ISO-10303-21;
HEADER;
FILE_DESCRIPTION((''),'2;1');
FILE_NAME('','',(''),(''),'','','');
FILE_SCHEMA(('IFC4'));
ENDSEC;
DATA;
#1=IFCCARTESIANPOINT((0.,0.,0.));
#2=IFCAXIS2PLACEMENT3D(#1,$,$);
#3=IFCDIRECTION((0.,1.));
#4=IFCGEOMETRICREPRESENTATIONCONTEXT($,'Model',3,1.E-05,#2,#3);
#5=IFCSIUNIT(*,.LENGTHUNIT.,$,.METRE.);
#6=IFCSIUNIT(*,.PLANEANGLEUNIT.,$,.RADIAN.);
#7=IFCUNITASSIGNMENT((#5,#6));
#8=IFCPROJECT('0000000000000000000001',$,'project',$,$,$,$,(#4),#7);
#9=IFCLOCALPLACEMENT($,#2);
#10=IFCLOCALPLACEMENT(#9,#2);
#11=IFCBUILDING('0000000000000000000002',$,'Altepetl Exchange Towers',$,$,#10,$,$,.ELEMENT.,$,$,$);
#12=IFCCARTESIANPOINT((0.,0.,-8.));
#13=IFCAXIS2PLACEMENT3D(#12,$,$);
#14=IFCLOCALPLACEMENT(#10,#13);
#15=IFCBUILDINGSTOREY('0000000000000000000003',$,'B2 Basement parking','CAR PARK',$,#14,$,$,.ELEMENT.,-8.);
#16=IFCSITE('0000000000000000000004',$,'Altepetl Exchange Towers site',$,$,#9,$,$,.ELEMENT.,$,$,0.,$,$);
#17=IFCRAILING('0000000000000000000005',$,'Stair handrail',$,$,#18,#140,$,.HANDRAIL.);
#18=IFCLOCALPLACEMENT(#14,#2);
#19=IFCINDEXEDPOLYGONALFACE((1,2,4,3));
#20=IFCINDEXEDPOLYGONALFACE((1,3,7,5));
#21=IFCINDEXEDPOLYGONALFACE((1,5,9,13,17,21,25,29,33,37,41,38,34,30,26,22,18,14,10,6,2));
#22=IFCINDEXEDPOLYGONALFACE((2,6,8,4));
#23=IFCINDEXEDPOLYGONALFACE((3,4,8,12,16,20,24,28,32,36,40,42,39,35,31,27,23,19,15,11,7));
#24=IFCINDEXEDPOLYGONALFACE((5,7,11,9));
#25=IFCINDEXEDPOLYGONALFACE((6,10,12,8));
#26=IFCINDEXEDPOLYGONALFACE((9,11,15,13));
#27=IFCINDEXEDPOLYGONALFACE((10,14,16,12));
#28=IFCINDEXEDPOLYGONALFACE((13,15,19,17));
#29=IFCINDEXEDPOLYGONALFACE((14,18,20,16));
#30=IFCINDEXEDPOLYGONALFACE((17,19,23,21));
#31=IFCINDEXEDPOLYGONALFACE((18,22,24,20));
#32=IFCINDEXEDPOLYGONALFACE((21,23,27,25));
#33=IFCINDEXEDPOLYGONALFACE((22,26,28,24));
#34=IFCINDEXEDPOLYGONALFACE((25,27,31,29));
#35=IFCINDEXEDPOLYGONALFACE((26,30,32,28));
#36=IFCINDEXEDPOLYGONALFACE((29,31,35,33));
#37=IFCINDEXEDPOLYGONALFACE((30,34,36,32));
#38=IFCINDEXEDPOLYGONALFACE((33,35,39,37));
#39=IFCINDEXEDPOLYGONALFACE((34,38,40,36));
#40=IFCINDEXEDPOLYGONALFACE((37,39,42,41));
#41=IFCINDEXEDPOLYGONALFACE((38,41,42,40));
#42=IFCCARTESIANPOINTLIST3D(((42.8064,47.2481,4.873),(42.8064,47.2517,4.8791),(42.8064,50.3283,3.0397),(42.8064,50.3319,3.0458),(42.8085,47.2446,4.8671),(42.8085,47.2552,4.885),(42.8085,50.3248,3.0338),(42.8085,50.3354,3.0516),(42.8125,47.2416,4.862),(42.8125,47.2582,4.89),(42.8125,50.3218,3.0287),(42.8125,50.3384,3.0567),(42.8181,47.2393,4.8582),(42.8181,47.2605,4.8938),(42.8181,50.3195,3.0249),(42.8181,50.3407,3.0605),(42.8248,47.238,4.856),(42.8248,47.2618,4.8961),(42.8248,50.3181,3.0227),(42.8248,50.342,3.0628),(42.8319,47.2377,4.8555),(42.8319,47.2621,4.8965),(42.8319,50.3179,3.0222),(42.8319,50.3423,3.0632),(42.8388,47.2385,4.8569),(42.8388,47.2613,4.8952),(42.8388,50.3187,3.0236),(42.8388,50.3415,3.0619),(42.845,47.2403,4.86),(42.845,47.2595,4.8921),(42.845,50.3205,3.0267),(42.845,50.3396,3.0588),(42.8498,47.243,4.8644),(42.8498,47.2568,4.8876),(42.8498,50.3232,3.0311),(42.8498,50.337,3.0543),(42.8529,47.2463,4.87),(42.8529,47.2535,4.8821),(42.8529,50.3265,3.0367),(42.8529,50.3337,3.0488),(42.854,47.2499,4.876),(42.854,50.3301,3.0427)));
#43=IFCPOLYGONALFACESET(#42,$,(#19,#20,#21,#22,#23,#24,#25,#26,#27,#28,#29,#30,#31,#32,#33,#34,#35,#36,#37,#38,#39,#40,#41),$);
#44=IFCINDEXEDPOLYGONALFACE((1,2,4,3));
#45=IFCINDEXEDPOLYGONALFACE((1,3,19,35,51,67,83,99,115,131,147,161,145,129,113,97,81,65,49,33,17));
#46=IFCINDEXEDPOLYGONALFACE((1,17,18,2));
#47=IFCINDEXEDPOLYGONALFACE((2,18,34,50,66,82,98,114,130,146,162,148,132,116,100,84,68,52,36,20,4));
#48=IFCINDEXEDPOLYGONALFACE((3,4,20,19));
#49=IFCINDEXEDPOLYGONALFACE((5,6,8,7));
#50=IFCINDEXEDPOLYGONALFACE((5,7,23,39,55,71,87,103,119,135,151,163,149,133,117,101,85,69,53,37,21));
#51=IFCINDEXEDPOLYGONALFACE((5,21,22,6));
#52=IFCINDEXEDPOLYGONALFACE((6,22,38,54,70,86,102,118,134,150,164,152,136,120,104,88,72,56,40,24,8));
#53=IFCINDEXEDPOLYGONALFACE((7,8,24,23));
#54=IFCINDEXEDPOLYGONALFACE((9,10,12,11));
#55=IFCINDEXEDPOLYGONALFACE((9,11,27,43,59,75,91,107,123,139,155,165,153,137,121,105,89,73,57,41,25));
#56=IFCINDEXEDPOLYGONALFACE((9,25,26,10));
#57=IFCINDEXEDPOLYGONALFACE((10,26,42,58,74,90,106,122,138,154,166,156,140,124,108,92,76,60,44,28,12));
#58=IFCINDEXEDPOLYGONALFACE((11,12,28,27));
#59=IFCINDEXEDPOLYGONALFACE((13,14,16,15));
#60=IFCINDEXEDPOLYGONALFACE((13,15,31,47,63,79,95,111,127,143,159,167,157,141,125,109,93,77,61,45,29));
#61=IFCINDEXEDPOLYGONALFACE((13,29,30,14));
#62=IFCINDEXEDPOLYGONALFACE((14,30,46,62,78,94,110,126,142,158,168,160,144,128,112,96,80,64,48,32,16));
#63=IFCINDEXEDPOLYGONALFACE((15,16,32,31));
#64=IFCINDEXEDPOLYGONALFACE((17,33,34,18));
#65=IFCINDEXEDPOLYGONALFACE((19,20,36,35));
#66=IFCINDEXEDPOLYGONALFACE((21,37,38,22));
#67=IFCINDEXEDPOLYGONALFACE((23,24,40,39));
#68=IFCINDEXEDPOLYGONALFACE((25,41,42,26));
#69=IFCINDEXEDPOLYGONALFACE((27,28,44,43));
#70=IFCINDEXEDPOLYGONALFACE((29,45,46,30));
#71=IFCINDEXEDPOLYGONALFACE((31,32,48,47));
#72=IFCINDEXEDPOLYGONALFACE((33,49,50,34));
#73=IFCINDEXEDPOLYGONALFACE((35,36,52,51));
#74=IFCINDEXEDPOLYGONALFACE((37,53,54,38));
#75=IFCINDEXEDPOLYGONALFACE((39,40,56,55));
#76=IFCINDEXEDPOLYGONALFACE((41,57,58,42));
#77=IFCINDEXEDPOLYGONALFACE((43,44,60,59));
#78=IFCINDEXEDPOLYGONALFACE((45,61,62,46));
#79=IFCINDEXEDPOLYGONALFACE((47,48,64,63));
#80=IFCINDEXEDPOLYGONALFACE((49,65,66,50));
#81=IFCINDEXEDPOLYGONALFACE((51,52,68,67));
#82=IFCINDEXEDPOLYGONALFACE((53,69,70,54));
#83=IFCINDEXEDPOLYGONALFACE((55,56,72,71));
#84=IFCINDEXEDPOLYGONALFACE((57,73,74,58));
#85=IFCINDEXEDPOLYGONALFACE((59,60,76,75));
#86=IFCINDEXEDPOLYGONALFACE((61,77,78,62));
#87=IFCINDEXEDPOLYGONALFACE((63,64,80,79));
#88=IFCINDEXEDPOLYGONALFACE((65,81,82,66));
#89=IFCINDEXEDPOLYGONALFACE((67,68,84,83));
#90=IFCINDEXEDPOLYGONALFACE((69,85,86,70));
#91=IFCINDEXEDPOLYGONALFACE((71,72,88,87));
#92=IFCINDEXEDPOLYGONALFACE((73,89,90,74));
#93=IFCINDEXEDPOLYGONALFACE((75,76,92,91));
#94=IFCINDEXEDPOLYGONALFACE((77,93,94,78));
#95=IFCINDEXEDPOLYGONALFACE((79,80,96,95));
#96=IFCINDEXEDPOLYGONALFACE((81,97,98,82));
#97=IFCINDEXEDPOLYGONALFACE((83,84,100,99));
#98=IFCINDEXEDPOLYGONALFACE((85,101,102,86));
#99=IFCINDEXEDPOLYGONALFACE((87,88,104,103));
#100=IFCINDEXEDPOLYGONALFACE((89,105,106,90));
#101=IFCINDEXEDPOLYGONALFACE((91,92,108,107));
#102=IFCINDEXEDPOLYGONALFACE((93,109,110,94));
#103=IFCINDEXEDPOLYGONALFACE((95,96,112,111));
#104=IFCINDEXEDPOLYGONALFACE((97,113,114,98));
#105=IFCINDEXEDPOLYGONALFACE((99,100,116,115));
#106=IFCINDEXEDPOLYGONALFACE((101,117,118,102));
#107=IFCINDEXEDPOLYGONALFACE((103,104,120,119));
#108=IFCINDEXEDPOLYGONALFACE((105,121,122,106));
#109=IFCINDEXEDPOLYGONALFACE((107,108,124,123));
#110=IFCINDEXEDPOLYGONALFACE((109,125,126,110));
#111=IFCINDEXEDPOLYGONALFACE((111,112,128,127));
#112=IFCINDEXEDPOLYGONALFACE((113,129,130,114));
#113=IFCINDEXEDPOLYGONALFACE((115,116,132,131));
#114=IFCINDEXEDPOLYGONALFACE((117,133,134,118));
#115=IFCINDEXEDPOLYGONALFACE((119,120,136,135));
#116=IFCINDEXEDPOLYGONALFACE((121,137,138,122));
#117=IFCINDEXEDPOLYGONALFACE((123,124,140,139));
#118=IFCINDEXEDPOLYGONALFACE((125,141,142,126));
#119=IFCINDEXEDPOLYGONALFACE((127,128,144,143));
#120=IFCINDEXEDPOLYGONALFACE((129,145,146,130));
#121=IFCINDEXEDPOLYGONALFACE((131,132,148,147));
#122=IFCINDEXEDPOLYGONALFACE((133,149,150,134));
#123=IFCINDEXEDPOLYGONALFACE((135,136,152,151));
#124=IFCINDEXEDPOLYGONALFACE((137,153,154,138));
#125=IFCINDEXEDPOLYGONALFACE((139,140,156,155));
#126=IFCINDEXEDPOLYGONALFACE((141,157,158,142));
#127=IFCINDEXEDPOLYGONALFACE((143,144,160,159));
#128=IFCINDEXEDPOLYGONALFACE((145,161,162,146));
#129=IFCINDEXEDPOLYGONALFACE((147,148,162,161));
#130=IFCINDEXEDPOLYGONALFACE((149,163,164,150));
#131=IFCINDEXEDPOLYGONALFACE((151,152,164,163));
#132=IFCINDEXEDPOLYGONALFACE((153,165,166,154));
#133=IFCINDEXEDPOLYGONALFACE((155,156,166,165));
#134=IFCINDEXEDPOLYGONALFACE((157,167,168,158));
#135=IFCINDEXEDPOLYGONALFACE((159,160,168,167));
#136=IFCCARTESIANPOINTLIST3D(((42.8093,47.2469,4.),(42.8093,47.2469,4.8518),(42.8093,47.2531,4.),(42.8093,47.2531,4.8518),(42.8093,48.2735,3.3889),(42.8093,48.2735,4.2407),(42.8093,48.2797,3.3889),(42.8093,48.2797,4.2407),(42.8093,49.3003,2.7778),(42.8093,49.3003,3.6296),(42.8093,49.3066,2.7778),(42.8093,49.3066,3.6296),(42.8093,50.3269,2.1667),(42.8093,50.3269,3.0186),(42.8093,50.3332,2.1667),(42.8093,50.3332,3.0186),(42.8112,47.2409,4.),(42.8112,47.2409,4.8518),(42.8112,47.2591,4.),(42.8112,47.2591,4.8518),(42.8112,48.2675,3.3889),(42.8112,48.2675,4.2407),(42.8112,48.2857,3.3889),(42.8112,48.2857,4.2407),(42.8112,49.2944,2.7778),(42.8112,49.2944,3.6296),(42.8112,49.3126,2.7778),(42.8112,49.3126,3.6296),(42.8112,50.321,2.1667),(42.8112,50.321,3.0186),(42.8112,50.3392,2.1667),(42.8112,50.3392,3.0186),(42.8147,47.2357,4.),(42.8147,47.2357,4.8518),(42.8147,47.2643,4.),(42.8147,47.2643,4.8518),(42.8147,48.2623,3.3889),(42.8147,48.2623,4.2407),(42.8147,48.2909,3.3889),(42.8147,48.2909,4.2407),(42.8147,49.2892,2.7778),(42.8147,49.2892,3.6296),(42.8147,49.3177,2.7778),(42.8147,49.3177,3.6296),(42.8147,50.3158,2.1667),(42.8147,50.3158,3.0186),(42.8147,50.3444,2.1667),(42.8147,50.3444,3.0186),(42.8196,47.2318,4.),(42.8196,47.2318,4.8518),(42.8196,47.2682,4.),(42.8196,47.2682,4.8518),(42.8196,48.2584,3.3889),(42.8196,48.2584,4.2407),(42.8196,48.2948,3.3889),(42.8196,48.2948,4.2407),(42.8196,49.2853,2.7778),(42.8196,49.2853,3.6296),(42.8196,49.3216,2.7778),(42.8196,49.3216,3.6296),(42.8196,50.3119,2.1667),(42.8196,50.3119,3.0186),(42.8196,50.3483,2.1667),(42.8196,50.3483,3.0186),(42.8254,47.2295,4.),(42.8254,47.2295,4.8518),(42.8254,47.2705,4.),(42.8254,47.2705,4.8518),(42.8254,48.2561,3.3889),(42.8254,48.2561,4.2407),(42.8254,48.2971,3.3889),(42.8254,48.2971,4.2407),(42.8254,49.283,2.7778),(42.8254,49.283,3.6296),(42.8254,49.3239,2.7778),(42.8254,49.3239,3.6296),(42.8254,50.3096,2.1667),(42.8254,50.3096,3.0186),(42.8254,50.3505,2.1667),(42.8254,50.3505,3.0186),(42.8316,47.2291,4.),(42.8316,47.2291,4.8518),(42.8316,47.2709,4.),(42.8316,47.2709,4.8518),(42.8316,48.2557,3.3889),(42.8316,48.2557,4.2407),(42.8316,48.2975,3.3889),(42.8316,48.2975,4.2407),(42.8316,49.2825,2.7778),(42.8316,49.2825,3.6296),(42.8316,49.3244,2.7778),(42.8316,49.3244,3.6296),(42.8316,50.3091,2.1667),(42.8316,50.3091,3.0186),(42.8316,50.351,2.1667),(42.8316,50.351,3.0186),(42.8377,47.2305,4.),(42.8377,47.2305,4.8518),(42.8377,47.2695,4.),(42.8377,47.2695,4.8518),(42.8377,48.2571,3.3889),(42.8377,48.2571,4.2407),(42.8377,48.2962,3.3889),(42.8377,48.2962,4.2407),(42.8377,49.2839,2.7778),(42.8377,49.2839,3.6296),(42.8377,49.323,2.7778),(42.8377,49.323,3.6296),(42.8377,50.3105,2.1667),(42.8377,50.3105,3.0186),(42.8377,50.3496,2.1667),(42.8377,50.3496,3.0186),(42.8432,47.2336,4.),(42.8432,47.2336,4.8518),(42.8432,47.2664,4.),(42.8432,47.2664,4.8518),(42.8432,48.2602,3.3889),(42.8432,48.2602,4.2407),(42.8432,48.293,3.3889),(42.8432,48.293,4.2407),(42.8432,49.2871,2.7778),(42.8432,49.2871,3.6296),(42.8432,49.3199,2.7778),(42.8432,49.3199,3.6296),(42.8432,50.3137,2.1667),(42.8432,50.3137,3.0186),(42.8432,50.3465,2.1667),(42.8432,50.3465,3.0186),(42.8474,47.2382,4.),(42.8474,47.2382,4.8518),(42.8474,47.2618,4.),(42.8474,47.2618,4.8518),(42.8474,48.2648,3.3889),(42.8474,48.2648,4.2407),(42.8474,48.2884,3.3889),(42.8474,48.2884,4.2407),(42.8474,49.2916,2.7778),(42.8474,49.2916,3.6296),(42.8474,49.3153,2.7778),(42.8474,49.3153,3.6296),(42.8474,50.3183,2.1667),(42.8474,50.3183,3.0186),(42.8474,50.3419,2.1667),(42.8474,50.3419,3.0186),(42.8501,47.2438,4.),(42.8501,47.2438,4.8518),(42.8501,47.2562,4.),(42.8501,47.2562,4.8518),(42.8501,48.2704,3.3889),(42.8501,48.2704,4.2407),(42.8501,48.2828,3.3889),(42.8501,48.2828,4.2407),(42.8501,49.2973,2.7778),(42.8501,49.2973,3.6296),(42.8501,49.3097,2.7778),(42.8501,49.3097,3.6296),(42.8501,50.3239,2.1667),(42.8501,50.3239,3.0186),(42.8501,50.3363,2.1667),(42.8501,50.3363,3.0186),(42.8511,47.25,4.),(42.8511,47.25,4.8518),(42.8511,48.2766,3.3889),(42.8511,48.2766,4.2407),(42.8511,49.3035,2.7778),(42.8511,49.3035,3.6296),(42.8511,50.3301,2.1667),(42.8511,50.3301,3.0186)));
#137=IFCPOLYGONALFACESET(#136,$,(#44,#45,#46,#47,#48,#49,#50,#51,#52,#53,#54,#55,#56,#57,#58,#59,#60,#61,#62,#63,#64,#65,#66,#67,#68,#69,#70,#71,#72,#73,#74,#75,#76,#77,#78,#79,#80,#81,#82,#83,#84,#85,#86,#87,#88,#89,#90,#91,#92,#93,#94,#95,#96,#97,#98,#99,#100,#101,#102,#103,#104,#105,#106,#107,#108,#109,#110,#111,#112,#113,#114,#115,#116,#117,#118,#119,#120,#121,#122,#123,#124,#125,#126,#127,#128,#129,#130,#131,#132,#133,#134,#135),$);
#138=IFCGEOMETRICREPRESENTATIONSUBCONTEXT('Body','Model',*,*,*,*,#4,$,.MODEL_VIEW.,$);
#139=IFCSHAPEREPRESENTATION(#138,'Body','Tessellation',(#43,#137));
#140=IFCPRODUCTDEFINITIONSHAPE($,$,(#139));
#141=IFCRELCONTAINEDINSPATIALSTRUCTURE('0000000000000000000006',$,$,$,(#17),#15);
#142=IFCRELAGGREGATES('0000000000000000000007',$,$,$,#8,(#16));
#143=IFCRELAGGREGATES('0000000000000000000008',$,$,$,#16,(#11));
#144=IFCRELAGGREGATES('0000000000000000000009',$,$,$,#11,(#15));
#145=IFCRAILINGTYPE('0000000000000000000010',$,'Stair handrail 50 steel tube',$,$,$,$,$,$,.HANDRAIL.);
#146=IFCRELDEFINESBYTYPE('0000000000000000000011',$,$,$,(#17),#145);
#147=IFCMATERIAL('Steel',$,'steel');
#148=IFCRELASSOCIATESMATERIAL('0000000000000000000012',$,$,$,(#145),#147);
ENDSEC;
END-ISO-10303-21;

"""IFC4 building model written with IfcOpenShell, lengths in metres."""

from ifc_helpers import new_model, si_unit, direction, frame, origin, origin_2d, place, context, subcontext, project, spatial, circle, extrude, source, transform, mapped, material, type_object, element, save


model = new_model("IFC4")

# Units and contexts
model_context = context("Model", 3, precision=1e-05, world=origin(), true_north=direction((0.0, 1.0)))
body_context = subcontext(model_context, "Body", "Model", "MODEL_VIEW")
ifc_project = project(units=[si_unit("LENGTHUNIT", "METRE"), si_unit("PLANEANGLEUNIT", "RADIAN")], contexts=[model_context])

# Site, building, storey
site_placement = place(None, origin())
site = spatial("IfcSite", under=ifc_project, at=site_placement, Name="Altepetl Exchange Towers site", CompositionType="ELEMENT", RefElevation=0.0)
building_placement = place(site_placement, origin())
building = spatial("IfcBuilding", under=site, at=building_placement, Name="Altepetl Exchange Towers", CompositionType="ELEMENT")
storey_placement = place(building_placement, frame((0.0, 0.0, -8.0)))
storey = spatial("IfcBuildingStorey", under=building, at=storey_placement, Name="B2 Basement parking", Description="CAR PARK", CompositionType="ELEMENT", Elevation=-8.0)

# Railing
ifc_material_1 = material(Name="Steel", Category="steel")
railing_type = type_object("IfcRailingType", Name="Stair handrail 50 steel tube", PredefinedType="HANDRAIL", material=ifc_material_1)
shared_shape = source(origin(), body_context, "Body", "SweptSolid", [
    extrude(circle(Radius=0.021, at=origin_2d()), origin(), (0.0, 0.0, 1.0), 0.8518),
])
railing_1_placement = place(storey_placement, frame((42.8301, 50.3301, 2.1667)))
element("IfcRailing", 1, at=railing_1_placement, inside=storey, type_object=railing_type, Name="Stair handrail", PredefinedType="HANDRAIL", context=body_context, shape_type="SweptSolid", body=[
    extrude(circle(Radius=0.0239, at=origin_2d()), frame((0.0, 0.0, 0.876), z_axis=(0.0, -0.859309, 0.511458), x_axis=(1.0, 0.0, 0.0)), (0.0, 0.0, 1.0), 3.5845),
    mapped(shared_shape, transform((0.0, 0.0, 0.0))),
    mapped(shared_shape, transform((0.0, -1.0266, 0.6111))),
    mapped(shared_shape, transform((0.0, -2.0535, 1.2222))),
    mapped(shared_shape, transform((0.0, -3.0801, 1.8333))),
])

save(model, "model.ifc")
